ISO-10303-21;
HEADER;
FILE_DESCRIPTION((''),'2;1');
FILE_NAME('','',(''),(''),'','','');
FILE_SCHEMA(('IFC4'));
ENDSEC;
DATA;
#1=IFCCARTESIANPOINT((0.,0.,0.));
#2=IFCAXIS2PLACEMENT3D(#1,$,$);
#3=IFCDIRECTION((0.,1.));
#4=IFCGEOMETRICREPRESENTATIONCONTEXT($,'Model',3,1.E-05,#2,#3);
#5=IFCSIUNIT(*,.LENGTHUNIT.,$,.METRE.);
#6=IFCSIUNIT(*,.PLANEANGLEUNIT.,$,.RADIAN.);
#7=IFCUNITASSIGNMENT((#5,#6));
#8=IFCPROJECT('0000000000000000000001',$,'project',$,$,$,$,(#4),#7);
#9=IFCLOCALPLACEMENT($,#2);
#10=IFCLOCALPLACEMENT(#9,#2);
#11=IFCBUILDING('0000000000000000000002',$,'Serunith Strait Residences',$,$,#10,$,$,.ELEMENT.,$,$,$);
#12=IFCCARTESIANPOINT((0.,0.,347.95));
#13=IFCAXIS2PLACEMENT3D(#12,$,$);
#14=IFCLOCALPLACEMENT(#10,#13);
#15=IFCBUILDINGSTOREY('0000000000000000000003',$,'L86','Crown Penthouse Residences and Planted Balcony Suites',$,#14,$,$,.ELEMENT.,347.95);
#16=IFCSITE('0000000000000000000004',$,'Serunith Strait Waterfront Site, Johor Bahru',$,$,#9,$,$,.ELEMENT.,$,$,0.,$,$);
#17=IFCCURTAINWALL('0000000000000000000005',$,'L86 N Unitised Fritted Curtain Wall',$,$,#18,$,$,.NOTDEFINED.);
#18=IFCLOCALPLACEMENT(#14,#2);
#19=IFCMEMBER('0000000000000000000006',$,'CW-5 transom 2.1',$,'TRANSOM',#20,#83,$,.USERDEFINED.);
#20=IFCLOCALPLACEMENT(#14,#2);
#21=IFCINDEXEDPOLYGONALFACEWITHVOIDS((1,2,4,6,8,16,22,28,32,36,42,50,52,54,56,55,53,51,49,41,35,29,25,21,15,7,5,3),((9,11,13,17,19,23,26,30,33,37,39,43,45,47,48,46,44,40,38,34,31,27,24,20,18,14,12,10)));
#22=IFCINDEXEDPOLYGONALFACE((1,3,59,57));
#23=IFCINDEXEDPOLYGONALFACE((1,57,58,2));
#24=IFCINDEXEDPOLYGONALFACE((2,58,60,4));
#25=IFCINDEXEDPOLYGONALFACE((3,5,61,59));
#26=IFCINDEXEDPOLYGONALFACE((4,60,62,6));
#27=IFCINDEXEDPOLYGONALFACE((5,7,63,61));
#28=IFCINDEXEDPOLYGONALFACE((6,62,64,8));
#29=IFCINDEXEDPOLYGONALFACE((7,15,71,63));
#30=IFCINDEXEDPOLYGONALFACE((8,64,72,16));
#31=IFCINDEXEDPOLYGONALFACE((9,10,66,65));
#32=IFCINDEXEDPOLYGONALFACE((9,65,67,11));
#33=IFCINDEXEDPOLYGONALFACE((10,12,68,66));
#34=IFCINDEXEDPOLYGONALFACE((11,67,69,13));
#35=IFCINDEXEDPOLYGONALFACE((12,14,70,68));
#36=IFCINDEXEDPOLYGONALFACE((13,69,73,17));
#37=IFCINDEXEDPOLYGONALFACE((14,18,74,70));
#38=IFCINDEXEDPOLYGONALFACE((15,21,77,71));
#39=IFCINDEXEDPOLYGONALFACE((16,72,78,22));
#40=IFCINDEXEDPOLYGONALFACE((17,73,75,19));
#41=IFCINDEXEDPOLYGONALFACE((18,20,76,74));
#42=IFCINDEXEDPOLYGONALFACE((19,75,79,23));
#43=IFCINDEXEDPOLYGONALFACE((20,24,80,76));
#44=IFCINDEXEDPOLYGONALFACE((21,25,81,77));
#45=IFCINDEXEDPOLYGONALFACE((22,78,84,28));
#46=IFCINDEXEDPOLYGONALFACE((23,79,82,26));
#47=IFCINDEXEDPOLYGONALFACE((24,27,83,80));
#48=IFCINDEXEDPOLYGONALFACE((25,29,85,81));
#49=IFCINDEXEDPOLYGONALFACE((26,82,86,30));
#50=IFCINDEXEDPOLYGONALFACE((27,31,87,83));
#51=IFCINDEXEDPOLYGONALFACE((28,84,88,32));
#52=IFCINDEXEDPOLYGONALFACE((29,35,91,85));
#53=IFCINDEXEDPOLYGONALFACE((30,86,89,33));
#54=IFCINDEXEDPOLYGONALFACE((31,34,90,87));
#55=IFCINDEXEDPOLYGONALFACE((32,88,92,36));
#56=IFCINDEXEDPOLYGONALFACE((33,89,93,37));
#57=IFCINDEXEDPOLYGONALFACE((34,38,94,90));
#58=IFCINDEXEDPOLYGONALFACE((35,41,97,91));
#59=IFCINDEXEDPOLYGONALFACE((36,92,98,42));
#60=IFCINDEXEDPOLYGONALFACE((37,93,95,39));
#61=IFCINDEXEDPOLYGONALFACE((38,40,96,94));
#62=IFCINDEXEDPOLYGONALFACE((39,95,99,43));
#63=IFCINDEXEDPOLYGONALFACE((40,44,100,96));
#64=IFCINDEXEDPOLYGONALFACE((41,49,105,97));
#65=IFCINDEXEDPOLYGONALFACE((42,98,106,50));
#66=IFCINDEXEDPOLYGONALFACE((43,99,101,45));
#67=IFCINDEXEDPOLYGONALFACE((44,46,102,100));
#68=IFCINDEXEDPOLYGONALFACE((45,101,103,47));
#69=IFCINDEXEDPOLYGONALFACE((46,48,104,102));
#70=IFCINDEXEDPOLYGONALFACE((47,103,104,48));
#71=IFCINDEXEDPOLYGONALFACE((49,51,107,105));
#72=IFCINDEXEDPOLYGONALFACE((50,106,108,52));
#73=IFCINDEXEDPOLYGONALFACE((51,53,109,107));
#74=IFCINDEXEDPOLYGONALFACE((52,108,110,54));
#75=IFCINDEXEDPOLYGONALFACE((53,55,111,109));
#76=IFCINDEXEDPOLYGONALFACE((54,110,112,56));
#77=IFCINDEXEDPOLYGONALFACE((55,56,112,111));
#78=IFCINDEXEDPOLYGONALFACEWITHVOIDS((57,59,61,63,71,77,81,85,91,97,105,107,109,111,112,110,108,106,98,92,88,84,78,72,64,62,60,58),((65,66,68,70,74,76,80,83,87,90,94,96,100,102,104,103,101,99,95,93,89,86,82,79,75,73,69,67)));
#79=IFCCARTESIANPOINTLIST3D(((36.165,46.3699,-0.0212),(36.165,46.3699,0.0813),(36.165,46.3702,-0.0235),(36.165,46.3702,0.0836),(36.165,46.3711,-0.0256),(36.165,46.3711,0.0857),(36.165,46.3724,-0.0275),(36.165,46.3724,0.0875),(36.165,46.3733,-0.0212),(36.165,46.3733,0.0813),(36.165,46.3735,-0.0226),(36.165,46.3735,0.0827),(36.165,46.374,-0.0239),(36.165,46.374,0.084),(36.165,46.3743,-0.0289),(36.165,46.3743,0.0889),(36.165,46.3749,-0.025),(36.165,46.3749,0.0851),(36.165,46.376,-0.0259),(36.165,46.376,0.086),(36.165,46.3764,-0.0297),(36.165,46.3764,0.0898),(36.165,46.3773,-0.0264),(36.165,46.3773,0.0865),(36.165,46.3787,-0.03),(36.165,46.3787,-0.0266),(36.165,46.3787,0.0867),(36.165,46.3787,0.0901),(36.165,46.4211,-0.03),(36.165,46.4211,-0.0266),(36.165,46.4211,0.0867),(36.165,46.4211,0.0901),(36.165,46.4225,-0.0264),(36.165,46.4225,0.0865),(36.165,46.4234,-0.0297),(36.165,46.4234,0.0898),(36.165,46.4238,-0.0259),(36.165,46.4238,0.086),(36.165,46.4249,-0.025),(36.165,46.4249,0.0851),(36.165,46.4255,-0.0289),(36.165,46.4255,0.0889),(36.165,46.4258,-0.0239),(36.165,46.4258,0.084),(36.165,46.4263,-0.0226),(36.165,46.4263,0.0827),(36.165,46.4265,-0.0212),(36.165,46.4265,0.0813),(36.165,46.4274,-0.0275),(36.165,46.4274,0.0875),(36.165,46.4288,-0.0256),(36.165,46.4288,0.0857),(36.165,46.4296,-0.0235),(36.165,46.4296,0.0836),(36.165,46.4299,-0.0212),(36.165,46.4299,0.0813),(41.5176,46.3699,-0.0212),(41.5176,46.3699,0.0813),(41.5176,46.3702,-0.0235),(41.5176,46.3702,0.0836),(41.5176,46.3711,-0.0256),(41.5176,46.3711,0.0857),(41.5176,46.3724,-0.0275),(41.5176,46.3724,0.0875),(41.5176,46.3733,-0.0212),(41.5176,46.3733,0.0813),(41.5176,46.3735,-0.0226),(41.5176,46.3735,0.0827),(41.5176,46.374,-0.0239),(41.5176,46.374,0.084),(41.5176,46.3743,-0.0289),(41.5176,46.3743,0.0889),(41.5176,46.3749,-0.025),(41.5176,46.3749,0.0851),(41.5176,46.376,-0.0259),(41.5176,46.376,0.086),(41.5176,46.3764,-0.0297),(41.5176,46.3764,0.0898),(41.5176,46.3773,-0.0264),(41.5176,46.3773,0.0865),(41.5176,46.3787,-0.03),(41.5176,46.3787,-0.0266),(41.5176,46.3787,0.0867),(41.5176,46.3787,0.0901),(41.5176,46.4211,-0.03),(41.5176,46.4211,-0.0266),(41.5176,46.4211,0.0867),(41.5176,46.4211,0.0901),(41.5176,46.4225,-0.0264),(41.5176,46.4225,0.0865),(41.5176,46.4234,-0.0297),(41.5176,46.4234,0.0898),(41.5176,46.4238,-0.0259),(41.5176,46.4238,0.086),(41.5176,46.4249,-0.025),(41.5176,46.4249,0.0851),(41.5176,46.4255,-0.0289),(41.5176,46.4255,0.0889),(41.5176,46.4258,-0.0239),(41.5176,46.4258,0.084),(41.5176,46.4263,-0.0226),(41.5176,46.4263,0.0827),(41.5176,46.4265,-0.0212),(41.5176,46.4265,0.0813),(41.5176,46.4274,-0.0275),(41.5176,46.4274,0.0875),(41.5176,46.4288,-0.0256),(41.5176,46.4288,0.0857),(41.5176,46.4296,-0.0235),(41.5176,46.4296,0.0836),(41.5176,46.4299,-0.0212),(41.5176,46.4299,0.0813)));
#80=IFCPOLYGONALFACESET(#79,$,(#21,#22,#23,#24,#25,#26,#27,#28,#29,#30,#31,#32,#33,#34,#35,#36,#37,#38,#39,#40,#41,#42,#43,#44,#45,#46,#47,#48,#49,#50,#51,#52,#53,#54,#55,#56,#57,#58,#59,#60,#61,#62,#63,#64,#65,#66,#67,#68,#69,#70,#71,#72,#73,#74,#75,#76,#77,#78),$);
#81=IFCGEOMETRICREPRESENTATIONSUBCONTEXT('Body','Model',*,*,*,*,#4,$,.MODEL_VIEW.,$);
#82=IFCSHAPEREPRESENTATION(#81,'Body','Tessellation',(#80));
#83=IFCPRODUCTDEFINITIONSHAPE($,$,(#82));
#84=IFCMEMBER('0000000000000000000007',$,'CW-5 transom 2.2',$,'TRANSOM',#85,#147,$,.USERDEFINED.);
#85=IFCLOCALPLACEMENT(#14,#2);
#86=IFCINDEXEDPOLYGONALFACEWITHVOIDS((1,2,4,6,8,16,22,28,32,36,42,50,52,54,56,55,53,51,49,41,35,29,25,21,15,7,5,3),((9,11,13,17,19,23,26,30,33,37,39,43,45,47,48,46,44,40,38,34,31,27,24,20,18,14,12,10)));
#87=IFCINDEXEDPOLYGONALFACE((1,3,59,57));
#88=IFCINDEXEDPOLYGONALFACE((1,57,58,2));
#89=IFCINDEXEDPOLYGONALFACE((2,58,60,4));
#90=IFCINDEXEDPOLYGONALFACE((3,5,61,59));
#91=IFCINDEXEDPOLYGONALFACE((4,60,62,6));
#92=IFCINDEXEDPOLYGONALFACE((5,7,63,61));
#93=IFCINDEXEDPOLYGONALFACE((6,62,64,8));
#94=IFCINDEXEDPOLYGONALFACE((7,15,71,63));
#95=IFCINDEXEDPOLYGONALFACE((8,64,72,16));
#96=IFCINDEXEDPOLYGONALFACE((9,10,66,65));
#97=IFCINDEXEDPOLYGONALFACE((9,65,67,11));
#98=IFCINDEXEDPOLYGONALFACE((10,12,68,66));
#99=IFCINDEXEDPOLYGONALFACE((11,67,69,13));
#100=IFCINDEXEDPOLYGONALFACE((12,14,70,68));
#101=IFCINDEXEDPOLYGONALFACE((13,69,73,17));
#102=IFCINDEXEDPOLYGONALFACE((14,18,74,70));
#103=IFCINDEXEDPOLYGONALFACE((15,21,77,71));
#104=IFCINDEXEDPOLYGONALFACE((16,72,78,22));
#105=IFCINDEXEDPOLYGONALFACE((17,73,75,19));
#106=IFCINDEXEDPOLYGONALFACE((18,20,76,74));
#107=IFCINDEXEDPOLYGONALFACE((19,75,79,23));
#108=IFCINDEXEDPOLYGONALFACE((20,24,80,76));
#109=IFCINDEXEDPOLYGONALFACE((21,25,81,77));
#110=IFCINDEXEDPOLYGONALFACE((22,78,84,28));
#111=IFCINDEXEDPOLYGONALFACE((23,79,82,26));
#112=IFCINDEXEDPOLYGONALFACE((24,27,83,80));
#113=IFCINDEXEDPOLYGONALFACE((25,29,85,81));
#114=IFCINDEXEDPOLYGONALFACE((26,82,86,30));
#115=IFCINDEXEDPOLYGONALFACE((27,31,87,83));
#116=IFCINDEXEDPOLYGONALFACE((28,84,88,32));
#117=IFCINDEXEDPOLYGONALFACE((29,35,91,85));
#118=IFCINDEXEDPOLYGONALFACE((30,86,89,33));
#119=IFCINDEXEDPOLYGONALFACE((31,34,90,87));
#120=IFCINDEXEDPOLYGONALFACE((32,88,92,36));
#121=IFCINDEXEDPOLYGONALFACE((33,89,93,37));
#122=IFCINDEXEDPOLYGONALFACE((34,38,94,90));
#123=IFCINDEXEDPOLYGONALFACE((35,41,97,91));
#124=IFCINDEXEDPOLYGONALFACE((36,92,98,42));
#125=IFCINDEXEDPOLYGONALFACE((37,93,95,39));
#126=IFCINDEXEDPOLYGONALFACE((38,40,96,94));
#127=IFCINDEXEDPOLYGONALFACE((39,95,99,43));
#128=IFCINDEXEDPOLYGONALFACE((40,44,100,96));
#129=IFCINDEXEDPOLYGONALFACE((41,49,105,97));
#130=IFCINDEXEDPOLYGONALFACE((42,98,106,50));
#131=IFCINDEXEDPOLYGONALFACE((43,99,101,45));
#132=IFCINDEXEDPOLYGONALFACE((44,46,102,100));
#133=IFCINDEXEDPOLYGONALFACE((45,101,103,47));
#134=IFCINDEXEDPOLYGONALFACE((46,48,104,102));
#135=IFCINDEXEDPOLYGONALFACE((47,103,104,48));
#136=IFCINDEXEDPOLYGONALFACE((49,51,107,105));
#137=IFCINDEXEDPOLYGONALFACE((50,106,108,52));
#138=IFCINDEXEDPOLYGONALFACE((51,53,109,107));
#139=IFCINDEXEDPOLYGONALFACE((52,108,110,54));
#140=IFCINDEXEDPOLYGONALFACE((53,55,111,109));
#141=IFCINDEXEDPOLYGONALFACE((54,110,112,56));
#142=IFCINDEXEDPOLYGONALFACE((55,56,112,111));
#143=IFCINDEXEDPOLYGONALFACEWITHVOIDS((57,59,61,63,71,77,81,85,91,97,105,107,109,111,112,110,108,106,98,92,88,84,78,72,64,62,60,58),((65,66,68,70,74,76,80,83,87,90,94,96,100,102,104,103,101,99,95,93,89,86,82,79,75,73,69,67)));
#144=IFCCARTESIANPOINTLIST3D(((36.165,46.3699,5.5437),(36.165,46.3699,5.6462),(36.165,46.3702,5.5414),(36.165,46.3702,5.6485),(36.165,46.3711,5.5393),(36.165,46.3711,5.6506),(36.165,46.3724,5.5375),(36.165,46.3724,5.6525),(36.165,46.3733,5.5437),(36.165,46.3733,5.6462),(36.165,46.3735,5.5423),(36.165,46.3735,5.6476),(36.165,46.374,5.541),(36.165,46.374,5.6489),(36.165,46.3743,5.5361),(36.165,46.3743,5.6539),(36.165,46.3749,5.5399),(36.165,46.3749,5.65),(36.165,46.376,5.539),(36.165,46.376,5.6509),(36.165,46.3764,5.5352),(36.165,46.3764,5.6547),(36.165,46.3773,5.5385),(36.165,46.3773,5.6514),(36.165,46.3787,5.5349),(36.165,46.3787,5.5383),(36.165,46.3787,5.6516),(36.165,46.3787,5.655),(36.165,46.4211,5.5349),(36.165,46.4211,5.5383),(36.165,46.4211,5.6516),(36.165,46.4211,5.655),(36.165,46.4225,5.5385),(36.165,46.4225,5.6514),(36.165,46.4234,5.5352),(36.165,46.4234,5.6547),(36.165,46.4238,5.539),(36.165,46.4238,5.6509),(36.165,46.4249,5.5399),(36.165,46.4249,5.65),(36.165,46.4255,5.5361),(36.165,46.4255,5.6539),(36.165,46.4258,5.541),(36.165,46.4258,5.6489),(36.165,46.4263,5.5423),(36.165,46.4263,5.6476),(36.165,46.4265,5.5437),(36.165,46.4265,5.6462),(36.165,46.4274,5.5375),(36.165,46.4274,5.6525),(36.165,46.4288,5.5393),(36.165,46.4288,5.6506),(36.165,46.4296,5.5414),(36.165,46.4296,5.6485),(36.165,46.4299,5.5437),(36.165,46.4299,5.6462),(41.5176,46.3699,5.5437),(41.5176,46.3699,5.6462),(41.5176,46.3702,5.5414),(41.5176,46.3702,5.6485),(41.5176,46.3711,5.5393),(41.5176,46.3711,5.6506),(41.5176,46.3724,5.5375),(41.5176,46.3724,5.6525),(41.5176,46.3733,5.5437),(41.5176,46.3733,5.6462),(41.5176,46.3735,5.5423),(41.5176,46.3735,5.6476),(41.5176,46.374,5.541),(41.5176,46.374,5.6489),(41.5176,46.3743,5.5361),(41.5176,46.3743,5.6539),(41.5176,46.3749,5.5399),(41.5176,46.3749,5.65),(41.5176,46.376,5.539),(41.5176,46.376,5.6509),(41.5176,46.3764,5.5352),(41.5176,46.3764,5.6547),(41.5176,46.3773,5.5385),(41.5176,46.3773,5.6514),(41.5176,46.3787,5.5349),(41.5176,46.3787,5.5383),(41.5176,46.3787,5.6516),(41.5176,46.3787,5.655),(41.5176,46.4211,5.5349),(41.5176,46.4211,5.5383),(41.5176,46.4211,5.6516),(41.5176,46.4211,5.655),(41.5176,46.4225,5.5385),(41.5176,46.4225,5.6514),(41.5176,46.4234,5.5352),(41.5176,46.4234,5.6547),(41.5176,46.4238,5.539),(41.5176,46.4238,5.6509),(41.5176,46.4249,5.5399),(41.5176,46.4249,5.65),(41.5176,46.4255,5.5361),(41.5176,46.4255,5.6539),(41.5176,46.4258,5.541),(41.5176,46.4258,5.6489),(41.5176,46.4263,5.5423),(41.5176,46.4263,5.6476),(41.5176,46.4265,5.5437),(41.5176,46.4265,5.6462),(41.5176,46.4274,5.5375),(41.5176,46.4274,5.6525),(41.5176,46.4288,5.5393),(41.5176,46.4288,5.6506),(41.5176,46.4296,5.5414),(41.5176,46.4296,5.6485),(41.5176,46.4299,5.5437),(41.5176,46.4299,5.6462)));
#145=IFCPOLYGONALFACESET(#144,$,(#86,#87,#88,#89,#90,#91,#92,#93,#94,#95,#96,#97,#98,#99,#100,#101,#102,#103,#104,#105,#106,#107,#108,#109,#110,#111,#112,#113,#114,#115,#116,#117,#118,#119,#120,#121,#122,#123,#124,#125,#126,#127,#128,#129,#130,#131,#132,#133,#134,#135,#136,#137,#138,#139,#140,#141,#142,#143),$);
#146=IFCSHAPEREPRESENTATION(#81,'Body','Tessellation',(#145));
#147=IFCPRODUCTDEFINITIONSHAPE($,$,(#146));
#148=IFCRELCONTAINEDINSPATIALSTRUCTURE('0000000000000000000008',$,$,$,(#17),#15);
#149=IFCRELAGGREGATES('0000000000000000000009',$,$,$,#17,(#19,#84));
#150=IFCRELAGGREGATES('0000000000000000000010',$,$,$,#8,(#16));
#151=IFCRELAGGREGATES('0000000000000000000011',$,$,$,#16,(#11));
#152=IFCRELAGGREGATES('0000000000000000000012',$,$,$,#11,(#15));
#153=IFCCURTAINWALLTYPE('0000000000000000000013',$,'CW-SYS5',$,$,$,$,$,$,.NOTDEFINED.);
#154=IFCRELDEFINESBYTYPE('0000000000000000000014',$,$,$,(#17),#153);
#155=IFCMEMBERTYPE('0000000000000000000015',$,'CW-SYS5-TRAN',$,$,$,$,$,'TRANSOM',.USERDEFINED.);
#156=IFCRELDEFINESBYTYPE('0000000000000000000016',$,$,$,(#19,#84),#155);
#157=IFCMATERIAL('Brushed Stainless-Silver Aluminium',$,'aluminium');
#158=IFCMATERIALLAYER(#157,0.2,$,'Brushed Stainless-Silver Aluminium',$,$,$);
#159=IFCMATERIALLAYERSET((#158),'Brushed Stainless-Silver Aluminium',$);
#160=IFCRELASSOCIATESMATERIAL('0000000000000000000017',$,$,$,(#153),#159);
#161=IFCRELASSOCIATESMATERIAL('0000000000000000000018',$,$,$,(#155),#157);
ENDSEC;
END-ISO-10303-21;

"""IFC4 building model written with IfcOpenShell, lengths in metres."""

from ifc_helpers import new_model, si_unit, direction, frame, origin, origin_2d, place, context, subcontext, project, spatial, hollow_rectangle, extrude, source, transform, mapped, material, layer, layer_set, material_profile, profile_set, type_object, element, aggregate, save


model = new_model("IFC4")

# Units and contexts
model_context = context("Model", 3, precision=1e-05, world=origin(), true_north=direction((0.0, 1.0)))
body_context = subcontext(model_context, "Body", "Model", "MODEL_VIEW")
ifc_project = project(units=[si_unit("LENGTHUNIT", "METRE"), si_unit("PLANEANGLEUNIT", "RADIAN")], contexts=[model_context])

# Site, building, storey
site_placement = place(None, origin())
site = spatial("IfcSite", under=ifc_project, at=site_placement, Name="Serunith Strait Waterfront Site, Johor Bahru", CompositionType="ELEMENT", RefElevation=0.0)
building_placement = place(site_placement, origin())
building = spatial("IfcBuilding", under=site, at=building_placement, Name="Serunith Strait Residences", CompositionType="ELEMENT")
storey_placement = place(building_placement, frame((0.0, 0.0, 347.95)))
storey = spatial("IfcBuildingStorey", under=building, at=storey_placement, Name="L86", Description="Crown Penthouse Residences and Planted Balcony Suites", CompositionType="ELEMENT", Elevation=347.95)

# Curtain wall, members
ifc_material_1 = material(Name="Brushed Stainless-Silver Aluminium", Category="aluminium")
ifc_layer_1 = layer(ifc_material_1, 0.2, Name="Brushed Stainless-Silver Aluminium")
ifc_layer_set_1 = layer_set([ifc_layer_1], Name="Brushed Stainless-Silver Aluminium")
curtain_wall_type = type_object("IfcCurtainWallType", Name="CW-SYS5", PredefinedType="NOTDEFINED", material=ifc_layer_set_1)
curtain_wall_1_placement = place(storey_placement, origin())
curtain_wall_1 = element("IfcCurtainWall", 1, at=curtain_wall_1_placement, inside=storey, type_object=curtain_wall_type, Name="L86 N Unitised Fritted Curtain Wall", PredefinedType="NOTDEFINED")
ifc_material_profile_1 = material_profile(ifc_material_1, hollow_rectangle(XDim=0.0601, YDim=0.1201, WallThickness=0.0034, InnerFilletRadius=0.0054, OuterFilletRadius=0.0088, at=origin_2d()), Name="ALU 120x60x3.5")
ifc_profile_set_1 = profile_set([ifc_material_profile_1], Name="Brushed Stainless-Silver Aluminium")
member_type_1 = type_object("IfcMemberType", Name="CW-SYS5-TRAN", ElementType="TRANSOM", PredefinedType="USERDEFINED", material=ifc_profile_set_1)
shared_shape_1 = source(origin(), body_context, "Body", "SweptSolid", [
    extrude(hollow_rectangle(XDim=0.0601, YDim=0.1201, WallThickness=0.0034, InnerFilletRadius=0.0054, OuterFilletRadius=0.0088, at=origin_2d()), origin(), (0.0, 0.0, 1.0), 5.3525),
])
member_1_placement = place(storey_placement, frame((41.5176, 46.3999, 0.03), z_axis=(-1.0, 0.0, 0.0), x_axis=(0.0, -1.0, 0.0)))
member_1 = element("IfcMember", 2, at=member_1_placement, type_object=member_type_1, Name="CW-5 transom 2.1", ObjectType="TRANSOM", PredefinedType="USERDEFINED", context=body_context, shape_type="MappedRepresentation", body=[
    mapped(shared_shape_1, transform((0.0, 0.0, 0.0), scale=1.0)),
])
member_2_placement = place(storey_placement, frame((41.5176, 46.3999, 5.595), z_axis=(-1.0, 0.0, 0.0), x_axis=(0.0, -1.0, 0.0)))
member_2 = element("IfcMember", 3, at=member_2_placement, type_object=member_type_1, Name="CW-5 transom 2.2", ObjectType="TRANSOM", PredefinedType="USERDEFINED", context=body_context, shape_type="MappedRepresentation", body=[
    mapped(shared_shape_1, transform((0.0, 0.0, 0.0), scale=1.0)),
])

aggregate(curtain_wall_1, [member_1, member_2])

save(model, "model.ifc")
